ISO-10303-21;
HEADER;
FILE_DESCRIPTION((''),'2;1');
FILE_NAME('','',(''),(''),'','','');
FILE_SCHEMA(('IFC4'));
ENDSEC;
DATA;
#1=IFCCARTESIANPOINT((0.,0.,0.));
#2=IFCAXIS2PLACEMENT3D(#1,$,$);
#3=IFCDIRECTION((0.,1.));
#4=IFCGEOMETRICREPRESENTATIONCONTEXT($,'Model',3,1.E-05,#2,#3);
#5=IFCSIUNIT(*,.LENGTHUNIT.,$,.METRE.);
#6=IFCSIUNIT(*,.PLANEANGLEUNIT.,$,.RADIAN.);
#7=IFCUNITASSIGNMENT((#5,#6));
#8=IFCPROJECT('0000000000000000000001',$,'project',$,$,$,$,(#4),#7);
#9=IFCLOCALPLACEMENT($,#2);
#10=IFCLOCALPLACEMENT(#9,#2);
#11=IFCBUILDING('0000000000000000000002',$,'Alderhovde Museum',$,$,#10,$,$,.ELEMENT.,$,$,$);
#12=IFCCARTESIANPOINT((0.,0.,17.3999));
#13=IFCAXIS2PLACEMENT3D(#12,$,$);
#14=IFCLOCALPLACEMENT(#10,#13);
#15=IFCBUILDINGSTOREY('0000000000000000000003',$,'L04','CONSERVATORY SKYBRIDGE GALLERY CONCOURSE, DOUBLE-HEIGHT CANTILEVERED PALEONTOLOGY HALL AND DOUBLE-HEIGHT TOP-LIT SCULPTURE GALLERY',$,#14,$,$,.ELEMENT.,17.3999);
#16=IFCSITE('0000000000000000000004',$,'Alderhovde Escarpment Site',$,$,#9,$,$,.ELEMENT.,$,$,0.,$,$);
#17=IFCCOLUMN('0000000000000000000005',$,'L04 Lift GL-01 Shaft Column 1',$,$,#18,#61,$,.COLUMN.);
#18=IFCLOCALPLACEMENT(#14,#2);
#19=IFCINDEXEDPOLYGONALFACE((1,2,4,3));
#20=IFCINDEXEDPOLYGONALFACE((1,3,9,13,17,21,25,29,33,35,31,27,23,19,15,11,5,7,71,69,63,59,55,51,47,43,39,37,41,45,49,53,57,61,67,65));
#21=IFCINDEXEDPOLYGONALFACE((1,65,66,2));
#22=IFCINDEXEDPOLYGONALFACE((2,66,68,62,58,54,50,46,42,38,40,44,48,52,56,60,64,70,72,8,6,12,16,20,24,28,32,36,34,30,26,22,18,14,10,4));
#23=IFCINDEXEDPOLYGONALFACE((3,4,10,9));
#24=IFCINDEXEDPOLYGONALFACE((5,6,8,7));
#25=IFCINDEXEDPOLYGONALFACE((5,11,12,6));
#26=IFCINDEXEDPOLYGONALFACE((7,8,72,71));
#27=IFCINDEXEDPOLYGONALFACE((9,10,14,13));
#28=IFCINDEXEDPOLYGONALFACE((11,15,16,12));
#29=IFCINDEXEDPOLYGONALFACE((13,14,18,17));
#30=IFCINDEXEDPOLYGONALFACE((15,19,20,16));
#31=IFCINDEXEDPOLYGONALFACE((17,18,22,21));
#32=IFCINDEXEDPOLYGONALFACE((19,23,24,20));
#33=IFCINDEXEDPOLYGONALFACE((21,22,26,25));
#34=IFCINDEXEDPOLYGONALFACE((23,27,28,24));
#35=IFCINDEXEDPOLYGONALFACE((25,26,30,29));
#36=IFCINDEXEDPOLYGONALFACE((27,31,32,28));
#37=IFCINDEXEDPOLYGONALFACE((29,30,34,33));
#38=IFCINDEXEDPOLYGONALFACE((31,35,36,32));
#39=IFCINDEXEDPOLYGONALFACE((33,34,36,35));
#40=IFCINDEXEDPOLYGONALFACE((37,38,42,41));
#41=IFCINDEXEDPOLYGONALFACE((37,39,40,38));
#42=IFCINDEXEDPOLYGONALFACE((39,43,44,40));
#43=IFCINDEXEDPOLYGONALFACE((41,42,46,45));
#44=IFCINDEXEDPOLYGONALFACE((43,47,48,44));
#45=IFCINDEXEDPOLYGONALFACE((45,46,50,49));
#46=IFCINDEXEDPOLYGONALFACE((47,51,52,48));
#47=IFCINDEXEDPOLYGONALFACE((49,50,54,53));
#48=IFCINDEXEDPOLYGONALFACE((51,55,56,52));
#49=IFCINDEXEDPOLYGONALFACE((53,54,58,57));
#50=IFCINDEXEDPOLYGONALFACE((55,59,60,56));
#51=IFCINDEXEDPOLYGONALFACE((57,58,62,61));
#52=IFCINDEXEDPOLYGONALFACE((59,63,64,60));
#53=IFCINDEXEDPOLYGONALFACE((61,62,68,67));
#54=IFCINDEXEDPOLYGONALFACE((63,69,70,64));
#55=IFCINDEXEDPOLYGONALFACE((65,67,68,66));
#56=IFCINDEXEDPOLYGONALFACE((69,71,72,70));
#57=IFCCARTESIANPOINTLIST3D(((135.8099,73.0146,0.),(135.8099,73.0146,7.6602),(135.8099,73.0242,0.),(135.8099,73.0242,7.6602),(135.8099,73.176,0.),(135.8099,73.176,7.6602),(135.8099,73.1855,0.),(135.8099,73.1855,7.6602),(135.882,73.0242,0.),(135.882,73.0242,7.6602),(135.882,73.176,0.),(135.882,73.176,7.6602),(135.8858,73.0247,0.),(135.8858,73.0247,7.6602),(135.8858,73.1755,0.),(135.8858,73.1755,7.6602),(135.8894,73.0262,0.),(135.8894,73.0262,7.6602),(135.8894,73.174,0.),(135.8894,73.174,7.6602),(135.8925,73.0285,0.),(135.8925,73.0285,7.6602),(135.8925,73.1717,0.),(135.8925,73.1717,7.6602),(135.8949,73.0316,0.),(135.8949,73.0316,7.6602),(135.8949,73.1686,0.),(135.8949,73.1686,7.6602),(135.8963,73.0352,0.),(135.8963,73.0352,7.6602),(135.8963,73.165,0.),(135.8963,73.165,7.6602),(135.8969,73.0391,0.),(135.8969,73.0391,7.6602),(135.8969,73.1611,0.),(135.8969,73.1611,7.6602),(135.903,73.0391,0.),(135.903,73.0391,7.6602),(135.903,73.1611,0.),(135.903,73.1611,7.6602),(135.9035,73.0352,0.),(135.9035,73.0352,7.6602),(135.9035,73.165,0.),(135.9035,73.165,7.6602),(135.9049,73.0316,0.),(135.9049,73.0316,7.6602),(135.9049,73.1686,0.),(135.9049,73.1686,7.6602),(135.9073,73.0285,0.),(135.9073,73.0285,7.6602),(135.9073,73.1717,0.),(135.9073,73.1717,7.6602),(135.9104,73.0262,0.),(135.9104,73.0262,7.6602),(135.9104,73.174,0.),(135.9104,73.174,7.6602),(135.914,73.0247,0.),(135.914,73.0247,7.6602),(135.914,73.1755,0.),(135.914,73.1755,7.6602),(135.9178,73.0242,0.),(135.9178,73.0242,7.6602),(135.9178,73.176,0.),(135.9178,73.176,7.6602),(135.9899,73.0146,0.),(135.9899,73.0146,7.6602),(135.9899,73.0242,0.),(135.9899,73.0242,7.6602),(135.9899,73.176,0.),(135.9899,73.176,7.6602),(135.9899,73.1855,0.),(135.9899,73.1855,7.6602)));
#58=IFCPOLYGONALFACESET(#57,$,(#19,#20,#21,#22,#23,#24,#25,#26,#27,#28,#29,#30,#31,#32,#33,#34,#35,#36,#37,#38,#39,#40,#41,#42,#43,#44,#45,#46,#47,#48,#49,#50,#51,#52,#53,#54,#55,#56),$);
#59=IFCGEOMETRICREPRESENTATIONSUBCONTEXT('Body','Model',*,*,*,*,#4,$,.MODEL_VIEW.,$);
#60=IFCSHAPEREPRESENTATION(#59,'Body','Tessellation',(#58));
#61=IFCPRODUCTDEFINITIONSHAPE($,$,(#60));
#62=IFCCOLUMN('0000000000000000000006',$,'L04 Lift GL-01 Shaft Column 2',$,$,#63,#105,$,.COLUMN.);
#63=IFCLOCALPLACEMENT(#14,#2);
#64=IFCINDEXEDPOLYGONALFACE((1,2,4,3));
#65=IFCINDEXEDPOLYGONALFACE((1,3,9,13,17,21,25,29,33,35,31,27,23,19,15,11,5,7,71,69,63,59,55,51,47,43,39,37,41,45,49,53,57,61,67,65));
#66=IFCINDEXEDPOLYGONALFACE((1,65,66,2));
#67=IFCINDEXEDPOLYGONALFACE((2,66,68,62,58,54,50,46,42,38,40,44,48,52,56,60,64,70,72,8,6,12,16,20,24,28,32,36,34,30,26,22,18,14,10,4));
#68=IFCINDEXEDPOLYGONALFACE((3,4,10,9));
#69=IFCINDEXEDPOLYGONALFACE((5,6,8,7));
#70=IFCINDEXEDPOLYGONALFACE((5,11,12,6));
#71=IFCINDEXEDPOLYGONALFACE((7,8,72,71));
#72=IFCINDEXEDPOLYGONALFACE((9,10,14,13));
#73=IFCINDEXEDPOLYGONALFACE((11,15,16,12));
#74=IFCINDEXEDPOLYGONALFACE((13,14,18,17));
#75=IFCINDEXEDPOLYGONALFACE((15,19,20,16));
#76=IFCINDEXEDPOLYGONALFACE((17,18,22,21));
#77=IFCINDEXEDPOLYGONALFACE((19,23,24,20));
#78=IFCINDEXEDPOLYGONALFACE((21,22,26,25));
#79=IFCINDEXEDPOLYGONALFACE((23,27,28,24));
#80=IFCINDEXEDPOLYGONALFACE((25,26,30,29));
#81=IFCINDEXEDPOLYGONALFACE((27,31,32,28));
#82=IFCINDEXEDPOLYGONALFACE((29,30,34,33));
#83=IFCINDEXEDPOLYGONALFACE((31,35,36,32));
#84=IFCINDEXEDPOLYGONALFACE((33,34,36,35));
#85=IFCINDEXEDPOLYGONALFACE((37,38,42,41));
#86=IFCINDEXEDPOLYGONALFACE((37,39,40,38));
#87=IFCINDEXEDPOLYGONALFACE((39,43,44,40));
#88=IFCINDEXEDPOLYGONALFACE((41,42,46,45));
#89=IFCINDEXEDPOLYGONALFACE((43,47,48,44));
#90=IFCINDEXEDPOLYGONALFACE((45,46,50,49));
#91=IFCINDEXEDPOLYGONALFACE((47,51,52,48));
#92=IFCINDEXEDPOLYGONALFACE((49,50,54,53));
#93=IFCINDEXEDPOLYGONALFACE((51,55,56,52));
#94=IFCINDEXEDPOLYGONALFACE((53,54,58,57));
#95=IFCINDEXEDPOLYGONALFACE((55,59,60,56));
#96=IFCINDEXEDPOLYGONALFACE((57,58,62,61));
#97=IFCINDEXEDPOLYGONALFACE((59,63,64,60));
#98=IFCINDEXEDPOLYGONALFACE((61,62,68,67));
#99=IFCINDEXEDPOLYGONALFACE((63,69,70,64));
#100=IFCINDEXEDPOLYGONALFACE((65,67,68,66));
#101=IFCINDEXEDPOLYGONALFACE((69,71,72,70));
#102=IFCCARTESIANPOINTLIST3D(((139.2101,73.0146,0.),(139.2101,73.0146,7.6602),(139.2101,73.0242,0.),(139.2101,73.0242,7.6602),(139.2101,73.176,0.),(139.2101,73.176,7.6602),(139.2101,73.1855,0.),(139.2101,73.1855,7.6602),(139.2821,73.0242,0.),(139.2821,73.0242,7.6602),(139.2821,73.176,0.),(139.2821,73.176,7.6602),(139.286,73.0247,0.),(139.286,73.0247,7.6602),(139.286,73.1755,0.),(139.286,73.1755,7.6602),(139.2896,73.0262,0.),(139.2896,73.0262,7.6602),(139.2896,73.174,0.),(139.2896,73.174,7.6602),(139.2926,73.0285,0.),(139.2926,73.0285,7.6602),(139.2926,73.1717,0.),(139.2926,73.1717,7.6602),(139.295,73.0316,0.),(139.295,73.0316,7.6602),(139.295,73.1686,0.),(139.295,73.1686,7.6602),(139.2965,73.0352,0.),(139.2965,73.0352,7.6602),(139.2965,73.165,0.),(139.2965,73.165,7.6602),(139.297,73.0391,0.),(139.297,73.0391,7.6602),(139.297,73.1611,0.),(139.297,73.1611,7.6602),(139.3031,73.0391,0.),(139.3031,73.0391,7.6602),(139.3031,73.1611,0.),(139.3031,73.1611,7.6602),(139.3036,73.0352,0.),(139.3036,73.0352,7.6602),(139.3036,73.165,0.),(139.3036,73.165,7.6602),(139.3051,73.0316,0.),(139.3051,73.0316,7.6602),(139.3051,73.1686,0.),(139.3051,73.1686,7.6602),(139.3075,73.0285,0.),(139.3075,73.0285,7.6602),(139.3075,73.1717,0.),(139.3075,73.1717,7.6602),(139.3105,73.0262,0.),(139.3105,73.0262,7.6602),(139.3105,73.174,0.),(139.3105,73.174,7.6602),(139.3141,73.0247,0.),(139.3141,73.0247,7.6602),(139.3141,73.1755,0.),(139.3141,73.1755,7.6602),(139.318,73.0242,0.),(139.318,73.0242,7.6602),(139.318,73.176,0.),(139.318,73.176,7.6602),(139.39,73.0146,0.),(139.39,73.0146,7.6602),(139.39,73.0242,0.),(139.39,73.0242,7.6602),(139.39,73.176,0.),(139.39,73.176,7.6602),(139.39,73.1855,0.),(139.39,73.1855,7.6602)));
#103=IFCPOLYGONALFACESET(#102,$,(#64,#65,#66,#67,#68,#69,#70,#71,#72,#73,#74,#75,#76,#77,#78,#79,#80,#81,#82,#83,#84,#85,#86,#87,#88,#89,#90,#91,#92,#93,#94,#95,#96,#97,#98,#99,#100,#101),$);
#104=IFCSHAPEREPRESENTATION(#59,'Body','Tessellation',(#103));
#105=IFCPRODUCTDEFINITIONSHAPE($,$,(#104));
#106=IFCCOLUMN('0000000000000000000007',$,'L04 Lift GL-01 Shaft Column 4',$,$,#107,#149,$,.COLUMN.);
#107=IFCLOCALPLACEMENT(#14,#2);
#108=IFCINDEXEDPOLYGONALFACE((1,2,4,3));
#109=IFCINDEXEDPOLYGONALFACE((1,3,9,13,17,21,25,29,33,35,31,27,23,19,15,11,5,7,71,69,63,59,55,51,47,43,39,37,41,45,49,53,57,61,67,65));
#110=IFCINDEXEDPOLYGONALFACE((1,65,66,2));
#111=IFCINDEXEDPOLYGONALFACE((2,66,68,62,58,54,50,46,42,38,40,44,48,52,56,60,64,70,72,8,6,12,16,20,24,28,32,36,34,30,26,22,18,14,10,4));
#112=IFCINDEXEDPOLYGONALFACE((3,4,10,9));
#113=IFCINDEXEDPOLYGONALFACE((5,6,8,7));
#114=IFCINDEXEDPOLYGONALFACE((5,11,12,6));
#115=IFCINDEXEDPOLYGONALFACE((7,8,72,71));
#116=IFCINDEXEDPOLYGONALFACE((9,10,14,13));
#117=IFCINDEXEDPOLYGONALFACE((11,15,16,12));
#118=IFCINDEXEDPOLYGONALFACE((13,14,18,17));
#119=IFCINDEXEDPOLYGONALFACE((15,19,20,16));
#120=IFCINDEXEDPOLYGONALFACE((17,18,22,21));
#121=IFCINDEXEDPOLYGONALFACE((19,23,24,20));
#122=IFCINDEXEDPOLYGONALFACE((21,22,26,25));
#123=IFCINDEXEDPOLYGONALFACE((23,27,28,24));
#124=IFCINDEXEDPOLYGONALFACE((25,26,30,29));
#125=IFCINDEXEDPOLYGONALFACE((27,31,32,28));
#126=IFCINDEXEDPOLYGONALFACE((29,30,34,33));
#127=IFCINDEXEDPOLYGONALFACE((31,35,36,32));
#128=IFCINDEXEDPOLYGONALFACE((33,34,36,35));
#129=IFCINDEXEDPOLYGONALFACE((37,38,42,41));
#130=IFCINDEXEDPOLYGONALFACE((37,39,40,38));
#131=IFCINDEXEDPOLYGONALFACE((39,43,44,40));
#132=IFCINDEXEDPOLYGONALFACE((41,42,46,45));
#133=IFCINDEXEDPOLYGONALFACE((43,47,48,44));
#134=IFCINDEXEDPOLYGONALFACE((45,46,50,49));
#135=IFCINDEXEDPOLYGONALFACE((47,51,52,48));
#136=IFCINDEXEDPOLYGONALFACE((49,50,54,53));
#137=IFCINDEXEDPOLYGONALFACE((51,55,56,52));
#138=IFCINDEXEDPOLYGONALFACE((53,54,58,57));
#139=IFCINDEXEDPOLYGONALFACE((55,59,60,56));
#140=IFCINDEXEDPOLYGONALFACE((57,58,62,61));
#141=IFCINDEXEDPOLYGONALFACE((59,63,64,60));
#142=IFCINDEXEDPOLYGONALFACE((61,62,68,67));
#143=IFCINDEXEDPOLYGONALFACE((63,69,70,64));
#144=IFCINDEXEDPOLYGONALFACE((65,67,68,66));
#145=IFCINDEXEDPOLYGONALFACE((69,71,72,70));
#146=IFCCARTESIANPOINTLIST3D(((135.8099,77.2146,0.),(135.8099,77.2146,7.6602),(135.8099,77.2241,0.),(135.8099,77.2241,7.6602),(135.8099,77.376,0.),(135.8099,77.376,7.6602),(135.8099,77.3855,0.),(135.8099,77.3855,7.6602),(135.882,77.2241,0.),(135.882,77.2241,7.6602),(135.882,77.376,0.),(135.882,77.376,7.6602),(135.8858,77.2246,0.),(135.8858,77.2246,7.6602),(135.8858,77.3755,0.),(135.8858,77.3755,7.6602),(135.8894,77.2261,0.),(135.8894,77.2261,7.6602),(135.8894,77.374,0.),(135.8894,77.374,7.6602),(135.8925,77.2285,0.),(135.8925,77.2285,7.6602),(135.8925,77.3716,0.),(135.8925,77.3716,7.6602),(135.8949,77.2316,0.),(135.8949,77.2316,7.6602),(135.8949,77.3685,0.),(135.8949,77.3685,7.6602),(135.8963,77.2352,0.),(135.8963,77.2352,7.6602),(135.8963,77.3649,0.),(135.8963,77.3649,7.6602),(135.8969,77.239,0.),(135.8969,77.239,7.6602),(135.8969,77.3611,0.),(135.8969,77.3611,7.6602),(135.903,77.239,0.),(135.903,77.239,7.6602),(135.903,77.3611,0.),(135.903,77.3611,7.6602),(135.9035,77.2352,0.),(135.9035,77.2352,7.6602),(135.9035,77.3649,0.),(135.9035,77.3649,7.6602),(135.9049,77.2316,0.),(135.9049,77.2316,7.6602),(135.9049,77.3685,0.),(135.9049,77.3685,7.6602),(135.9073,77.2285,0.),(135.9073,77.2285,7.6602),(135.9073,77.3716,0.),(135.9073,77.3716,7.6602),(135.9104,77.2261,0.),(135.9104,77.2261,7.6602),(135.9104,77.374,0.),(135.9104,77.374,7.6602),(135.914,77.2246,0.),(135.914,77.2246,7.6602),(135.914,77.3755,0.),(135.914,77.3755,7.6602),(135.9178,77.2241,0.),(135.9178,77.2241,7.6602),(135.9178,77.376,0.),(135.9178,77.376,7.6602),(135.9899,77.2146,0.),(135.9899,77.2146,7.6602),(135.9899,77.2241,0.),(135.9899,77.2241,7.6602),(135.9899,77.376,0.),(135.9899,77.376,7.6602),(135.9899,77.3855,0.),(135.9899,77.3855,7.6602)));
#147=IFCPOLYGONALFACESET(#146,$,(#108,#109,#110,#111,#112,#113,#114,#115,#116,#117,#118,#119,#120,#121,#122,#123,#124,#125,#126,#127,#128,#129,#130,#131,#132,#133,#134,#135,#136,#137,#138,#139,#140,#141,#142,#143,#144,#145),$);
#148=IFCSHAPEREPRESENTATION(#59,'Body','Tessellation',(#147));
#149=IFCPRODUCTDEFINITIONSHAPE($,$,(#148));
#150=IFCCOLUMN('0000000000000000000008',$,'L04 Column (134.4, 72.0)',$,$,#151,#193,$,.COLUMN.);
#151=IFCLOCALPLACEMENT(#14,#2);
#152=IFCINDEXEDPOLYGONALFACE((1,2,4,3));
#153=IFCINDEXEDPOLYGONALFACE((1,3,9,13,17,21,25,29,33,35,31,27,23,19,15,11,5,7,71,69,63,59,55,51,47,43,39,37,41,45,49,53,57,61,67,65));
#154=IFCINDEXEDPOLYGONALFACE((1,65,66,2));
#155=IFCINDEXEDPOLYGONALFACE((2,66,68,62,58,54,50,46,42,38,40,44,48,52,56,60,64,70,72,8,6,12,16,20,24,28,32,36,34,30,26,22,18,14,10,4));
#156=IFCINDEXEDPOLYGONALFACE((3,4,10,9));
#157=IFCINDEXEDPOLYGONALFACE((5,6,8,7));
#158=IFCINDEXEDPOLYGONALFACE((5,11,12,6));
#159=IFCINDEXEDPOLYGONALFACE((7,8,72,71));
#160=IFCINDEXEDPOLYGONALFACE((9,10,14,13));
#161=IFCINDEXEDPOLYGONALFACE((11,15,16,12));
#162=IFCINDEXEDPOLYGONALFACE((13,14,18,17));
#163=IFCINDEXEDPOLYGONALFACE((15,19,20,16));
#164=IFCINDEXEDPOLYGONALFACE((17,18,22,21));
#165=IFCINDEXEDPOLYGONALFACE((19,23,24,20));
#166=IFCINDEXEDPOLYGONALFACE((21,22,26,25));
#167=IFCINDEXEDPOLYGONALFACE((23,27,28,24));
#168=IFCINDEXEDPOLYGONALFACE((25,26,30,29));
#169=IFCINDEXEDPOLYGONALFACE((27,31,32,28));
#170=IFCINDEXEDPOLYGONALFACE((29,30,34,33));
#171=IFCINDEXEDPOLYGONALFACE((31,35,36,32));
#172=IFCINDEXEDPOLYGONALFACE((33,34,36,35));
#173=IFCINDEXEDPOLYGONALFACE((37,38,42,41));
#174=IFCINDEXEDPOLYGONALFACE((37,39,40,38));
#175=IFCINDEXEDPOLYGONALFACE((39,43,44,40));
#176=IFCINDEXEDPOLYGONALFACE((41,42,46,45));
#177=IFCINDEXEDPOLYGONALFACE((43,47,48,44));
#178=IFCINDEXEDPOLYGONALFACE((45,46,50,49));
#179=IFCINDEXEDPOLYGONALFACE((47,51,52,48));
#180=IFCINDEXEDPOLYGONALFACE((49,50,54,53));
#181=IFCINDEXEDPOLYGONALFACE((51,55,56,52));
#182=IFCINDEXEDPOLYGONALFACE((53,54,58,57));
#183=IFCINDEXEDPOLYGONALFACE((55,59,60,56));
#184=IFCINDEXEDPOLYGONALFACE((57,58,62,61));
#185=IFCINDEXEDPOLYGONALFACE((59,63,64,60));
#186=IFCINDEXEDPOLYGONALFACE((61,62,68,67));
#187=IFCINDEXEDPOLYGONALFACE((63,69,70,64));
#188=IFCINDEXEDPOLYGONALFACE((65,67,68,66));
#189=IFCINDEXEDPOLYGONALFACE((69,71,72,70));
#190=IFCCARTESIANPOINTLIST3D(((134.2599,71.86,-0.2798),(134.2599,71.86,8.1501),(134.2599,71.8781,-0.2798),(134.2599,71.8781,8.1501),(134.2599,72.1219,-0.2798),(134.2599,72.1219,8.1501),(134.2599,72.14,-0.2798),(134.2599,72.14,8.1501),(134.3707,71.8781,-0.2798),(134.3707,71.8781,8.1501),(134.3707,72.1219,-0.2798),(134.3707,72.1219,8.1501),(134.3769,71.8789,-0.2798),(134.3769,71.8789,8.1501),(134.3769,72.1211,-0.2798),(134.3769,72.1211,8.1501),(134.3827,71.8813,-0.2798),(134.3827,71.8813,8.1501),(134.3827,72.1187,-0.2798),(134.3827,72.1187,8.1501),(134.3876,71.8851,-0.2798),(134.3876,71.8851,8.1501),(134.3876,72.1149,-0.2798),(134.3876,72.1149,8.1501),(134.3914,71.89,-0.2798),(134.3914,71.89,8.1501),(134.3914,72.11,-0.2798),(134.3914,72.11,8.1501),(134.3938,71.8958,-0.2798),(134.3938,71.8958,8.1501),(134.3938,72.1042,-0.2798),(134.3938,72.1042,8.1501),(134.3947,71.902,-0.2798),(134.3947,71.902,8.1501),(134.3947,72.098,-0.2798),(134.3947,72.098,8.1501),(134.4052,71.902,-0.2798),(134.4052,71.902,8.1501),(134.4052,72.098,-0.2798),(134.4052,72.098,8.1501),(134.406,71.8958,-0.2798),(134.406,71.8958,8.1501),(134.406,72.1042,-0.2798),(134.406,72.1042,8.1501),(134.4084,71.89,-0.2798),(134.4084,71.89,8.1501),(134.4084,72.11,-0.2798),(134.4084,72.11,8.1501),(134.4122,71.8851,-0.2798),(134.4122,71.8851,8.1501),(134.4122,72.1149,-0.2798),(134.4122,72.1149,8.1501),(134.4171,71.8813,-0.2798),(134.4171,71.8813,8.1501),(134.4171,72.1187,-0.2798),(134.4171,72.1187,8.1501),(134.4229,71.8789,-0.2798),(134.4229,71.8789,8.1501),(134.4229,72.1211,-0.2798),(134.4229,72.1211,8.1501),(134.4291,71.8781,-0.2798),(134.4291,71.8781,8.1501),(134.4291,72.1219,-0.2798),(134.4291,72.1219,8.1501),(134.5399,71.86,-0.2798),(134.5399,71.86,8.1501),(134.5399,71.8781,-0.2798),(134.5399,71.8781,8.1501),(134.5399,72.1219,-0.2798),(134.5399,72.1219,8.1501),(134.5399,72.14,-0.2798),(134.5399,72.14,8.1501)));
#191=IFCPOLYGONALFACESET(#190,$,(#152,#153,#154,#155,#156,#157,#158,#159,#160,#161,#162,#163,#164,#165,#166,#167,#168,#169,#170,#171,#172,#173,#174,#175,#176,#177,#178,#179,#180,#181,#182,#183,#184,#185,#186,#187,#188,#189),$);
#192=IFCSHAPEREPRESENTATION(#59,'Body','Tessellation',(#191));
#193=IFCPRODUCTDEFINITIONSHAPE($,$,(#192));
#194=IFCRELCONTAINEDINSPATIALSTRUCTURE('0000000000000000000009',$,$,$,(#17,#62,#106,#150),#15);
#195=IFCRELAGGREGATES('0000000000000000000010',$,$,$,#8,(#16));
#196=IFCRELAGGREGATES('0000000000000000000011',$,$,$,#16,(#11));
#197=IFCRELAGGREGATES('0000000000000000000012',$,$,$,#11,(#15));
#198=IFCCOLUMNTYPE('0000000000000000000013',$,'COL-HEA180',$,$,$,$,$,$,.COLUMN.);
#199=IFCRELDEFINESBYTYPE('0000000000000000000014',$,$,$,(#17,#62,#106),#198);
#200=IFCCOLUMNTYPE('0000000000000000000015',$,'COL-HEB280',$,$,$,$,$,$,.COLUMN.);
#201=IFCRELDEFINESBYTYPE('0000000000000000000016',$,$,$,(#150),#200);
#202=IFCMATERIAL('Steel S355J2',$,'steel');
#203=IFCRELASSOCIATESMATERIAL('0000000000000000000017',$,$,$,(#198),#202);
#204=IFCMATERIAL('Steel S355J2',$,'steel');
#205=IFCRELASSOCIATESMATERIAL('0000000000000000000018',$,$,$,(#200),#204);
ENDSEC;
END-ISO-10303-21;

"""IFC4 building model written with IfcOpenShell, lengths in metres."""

from ifc_helpers import new_model, si_unit, direction, frame, origin, origin_2d, place, context, subcontext, project, spatial, i_section, extrude, material, material_profile, profile_set, type_object, element, save


model = new_model("IFC4")

# Units and contexts
model_context = context("Model", 3, precision=1e-05, world=origin(), true_north=direction((0.0, 1.0)))
body_context = subcontext(model_context, "Body", "Model", "MODEL_VIEW")
ifc_project = project(units=[si_unit("LENGTHUNIT", "METRE"), si_unit("PLANEANGLEUNIT", "RADIAN")], contexts=[model_context])

# Site, building, storey
site_placement = place(None, origin())
site = spatial("IfcSite", under=ifc_project, at=site_placement, Name="Alderhovde Escarpment Site", CompositionType="ELEMENT", RefElevation=0.0)
building_placement = place(site_placement, origin())
building = spatial("IfcBuilding", under=site, at=building_placement, Name="Alderhovde Museum", CompositionType="ELEMENT")
storey_placement = place(building_placement, frame((0.0, 0.0, 17.3999)))
storey = spatial("IfcBuildingStorey", under=building, at=storey_placement, Name="L04", Description="CONSERVATORY SKYBRIDGE GALLERY CONCOURSE, DOUBLE-HEIGHT CANTILEVERED PALEONTOLOGY HALL AND DOUBLE-HEIGHT TOP-LIT SCULPTURE GALLERY", CompositionType="ELEMENT", Elevation=17.3999)

# Columns
ifc_material_1 = material(Name="Steel S355J2", Category="steel")
ifc_material_profile_1 = material_profile(ifc_material_1, i_section(OverallWidth=0.1799, OverallDepth=0.1709, WebThickness=0.0061, FlangeThickness=0.0095, FilletRadius=0.0149, at=origin_2d()), Name="HEA 180")
ifc_profile_set_1 = profile_set([ifc_material_profile_1], Name="Steel S355J2")
column_type_1 = type_object("IfcColumnType", Name="COL-HEA180", PredefinedType="COLUMN", material=ifc_profile_set_1)
for number, where, z_axis, x_axis, name in (
    (1, (135.8999, 73.1001, 0.0), (0.0, 0.0, 1.0), (1.0, 0.0, 0.0), "L04 Lift GL-01 Shaft Column 1"),
    (2, (139.3, 73.1001, 0.0), (0.0, 0.0, 1.0), (1.0, 0.0, 0.0), "L04 Lift GL-01 Shaft Column 2"),
    (3, (135.8999, 77.3, 0.0), (0.0, 0.0, 1.0), (1.0, 0.0, 0.0), "L04 Lift GL-01 Shaft Column 4"),
):
    element("IfcColumn", number, at=place(storey_placement, frame(where, z_axis=z_axis, x_axis=x_axis)), inside=storey, type_object=column_type_1, Name=name, PredefinedType="COLUMN", context=body_context, shape_type="SweptSolid", body=[
        extrude(i_section(OverallWidth=0.1799, OverallDepth=0.1709, WebThickness=0.0061, FlangeThickness=0.0095, FilletRadius=0.0149, at=origin_2d()), origin(), (0.0, 0.0, 1.0), 7.6602),
    ])
ifc_material_2 = material(Name="Steel S355J2", Category="steel")
ifc_material_profile_2 = material_profile(ifc_material_2, i_section(OverallWidth=0.28, OverallDepth=0.28, WebThickness=0.0105, FlangeThickness=0.0181, FilletRadius=0.0239, at=origin_2d()), Name="HEB 280")
ifc_profile_set_2 = profile_set([ifc_material_profile_2], Name="Steel S355J2")
column_type_2 = type_object("IfcColumnType", Name="COL-HEB280", PredefinedType="COLUMN", material=ifc_profile_set_2)
column_placement = place(storey_placement, frame((134.3999, 72.0, -0.2798), z_axis=(0.0, 0.0, 1.0), x_axis=(1.0, 0.0, 0.0)))
element("IfcColumn", 4, at=column_placement, inside=storey, type_object=column_type_2, Name="L04 Column (134.4, 72.0)", PredefinedType="COLUMN", context=body_context, shape_type="SweptSolid", body=[
    extrude(i_section(OverallWidth=0.28, OverallDepth=0.28, WebThickness=0.0105, FlangeThickness=0.0181, FilletRadius=0.0239, at=origin_2d()), origin(), (0.0, 0.0, 1.0), 8.4299),
])

save(model, "model.ifc")
